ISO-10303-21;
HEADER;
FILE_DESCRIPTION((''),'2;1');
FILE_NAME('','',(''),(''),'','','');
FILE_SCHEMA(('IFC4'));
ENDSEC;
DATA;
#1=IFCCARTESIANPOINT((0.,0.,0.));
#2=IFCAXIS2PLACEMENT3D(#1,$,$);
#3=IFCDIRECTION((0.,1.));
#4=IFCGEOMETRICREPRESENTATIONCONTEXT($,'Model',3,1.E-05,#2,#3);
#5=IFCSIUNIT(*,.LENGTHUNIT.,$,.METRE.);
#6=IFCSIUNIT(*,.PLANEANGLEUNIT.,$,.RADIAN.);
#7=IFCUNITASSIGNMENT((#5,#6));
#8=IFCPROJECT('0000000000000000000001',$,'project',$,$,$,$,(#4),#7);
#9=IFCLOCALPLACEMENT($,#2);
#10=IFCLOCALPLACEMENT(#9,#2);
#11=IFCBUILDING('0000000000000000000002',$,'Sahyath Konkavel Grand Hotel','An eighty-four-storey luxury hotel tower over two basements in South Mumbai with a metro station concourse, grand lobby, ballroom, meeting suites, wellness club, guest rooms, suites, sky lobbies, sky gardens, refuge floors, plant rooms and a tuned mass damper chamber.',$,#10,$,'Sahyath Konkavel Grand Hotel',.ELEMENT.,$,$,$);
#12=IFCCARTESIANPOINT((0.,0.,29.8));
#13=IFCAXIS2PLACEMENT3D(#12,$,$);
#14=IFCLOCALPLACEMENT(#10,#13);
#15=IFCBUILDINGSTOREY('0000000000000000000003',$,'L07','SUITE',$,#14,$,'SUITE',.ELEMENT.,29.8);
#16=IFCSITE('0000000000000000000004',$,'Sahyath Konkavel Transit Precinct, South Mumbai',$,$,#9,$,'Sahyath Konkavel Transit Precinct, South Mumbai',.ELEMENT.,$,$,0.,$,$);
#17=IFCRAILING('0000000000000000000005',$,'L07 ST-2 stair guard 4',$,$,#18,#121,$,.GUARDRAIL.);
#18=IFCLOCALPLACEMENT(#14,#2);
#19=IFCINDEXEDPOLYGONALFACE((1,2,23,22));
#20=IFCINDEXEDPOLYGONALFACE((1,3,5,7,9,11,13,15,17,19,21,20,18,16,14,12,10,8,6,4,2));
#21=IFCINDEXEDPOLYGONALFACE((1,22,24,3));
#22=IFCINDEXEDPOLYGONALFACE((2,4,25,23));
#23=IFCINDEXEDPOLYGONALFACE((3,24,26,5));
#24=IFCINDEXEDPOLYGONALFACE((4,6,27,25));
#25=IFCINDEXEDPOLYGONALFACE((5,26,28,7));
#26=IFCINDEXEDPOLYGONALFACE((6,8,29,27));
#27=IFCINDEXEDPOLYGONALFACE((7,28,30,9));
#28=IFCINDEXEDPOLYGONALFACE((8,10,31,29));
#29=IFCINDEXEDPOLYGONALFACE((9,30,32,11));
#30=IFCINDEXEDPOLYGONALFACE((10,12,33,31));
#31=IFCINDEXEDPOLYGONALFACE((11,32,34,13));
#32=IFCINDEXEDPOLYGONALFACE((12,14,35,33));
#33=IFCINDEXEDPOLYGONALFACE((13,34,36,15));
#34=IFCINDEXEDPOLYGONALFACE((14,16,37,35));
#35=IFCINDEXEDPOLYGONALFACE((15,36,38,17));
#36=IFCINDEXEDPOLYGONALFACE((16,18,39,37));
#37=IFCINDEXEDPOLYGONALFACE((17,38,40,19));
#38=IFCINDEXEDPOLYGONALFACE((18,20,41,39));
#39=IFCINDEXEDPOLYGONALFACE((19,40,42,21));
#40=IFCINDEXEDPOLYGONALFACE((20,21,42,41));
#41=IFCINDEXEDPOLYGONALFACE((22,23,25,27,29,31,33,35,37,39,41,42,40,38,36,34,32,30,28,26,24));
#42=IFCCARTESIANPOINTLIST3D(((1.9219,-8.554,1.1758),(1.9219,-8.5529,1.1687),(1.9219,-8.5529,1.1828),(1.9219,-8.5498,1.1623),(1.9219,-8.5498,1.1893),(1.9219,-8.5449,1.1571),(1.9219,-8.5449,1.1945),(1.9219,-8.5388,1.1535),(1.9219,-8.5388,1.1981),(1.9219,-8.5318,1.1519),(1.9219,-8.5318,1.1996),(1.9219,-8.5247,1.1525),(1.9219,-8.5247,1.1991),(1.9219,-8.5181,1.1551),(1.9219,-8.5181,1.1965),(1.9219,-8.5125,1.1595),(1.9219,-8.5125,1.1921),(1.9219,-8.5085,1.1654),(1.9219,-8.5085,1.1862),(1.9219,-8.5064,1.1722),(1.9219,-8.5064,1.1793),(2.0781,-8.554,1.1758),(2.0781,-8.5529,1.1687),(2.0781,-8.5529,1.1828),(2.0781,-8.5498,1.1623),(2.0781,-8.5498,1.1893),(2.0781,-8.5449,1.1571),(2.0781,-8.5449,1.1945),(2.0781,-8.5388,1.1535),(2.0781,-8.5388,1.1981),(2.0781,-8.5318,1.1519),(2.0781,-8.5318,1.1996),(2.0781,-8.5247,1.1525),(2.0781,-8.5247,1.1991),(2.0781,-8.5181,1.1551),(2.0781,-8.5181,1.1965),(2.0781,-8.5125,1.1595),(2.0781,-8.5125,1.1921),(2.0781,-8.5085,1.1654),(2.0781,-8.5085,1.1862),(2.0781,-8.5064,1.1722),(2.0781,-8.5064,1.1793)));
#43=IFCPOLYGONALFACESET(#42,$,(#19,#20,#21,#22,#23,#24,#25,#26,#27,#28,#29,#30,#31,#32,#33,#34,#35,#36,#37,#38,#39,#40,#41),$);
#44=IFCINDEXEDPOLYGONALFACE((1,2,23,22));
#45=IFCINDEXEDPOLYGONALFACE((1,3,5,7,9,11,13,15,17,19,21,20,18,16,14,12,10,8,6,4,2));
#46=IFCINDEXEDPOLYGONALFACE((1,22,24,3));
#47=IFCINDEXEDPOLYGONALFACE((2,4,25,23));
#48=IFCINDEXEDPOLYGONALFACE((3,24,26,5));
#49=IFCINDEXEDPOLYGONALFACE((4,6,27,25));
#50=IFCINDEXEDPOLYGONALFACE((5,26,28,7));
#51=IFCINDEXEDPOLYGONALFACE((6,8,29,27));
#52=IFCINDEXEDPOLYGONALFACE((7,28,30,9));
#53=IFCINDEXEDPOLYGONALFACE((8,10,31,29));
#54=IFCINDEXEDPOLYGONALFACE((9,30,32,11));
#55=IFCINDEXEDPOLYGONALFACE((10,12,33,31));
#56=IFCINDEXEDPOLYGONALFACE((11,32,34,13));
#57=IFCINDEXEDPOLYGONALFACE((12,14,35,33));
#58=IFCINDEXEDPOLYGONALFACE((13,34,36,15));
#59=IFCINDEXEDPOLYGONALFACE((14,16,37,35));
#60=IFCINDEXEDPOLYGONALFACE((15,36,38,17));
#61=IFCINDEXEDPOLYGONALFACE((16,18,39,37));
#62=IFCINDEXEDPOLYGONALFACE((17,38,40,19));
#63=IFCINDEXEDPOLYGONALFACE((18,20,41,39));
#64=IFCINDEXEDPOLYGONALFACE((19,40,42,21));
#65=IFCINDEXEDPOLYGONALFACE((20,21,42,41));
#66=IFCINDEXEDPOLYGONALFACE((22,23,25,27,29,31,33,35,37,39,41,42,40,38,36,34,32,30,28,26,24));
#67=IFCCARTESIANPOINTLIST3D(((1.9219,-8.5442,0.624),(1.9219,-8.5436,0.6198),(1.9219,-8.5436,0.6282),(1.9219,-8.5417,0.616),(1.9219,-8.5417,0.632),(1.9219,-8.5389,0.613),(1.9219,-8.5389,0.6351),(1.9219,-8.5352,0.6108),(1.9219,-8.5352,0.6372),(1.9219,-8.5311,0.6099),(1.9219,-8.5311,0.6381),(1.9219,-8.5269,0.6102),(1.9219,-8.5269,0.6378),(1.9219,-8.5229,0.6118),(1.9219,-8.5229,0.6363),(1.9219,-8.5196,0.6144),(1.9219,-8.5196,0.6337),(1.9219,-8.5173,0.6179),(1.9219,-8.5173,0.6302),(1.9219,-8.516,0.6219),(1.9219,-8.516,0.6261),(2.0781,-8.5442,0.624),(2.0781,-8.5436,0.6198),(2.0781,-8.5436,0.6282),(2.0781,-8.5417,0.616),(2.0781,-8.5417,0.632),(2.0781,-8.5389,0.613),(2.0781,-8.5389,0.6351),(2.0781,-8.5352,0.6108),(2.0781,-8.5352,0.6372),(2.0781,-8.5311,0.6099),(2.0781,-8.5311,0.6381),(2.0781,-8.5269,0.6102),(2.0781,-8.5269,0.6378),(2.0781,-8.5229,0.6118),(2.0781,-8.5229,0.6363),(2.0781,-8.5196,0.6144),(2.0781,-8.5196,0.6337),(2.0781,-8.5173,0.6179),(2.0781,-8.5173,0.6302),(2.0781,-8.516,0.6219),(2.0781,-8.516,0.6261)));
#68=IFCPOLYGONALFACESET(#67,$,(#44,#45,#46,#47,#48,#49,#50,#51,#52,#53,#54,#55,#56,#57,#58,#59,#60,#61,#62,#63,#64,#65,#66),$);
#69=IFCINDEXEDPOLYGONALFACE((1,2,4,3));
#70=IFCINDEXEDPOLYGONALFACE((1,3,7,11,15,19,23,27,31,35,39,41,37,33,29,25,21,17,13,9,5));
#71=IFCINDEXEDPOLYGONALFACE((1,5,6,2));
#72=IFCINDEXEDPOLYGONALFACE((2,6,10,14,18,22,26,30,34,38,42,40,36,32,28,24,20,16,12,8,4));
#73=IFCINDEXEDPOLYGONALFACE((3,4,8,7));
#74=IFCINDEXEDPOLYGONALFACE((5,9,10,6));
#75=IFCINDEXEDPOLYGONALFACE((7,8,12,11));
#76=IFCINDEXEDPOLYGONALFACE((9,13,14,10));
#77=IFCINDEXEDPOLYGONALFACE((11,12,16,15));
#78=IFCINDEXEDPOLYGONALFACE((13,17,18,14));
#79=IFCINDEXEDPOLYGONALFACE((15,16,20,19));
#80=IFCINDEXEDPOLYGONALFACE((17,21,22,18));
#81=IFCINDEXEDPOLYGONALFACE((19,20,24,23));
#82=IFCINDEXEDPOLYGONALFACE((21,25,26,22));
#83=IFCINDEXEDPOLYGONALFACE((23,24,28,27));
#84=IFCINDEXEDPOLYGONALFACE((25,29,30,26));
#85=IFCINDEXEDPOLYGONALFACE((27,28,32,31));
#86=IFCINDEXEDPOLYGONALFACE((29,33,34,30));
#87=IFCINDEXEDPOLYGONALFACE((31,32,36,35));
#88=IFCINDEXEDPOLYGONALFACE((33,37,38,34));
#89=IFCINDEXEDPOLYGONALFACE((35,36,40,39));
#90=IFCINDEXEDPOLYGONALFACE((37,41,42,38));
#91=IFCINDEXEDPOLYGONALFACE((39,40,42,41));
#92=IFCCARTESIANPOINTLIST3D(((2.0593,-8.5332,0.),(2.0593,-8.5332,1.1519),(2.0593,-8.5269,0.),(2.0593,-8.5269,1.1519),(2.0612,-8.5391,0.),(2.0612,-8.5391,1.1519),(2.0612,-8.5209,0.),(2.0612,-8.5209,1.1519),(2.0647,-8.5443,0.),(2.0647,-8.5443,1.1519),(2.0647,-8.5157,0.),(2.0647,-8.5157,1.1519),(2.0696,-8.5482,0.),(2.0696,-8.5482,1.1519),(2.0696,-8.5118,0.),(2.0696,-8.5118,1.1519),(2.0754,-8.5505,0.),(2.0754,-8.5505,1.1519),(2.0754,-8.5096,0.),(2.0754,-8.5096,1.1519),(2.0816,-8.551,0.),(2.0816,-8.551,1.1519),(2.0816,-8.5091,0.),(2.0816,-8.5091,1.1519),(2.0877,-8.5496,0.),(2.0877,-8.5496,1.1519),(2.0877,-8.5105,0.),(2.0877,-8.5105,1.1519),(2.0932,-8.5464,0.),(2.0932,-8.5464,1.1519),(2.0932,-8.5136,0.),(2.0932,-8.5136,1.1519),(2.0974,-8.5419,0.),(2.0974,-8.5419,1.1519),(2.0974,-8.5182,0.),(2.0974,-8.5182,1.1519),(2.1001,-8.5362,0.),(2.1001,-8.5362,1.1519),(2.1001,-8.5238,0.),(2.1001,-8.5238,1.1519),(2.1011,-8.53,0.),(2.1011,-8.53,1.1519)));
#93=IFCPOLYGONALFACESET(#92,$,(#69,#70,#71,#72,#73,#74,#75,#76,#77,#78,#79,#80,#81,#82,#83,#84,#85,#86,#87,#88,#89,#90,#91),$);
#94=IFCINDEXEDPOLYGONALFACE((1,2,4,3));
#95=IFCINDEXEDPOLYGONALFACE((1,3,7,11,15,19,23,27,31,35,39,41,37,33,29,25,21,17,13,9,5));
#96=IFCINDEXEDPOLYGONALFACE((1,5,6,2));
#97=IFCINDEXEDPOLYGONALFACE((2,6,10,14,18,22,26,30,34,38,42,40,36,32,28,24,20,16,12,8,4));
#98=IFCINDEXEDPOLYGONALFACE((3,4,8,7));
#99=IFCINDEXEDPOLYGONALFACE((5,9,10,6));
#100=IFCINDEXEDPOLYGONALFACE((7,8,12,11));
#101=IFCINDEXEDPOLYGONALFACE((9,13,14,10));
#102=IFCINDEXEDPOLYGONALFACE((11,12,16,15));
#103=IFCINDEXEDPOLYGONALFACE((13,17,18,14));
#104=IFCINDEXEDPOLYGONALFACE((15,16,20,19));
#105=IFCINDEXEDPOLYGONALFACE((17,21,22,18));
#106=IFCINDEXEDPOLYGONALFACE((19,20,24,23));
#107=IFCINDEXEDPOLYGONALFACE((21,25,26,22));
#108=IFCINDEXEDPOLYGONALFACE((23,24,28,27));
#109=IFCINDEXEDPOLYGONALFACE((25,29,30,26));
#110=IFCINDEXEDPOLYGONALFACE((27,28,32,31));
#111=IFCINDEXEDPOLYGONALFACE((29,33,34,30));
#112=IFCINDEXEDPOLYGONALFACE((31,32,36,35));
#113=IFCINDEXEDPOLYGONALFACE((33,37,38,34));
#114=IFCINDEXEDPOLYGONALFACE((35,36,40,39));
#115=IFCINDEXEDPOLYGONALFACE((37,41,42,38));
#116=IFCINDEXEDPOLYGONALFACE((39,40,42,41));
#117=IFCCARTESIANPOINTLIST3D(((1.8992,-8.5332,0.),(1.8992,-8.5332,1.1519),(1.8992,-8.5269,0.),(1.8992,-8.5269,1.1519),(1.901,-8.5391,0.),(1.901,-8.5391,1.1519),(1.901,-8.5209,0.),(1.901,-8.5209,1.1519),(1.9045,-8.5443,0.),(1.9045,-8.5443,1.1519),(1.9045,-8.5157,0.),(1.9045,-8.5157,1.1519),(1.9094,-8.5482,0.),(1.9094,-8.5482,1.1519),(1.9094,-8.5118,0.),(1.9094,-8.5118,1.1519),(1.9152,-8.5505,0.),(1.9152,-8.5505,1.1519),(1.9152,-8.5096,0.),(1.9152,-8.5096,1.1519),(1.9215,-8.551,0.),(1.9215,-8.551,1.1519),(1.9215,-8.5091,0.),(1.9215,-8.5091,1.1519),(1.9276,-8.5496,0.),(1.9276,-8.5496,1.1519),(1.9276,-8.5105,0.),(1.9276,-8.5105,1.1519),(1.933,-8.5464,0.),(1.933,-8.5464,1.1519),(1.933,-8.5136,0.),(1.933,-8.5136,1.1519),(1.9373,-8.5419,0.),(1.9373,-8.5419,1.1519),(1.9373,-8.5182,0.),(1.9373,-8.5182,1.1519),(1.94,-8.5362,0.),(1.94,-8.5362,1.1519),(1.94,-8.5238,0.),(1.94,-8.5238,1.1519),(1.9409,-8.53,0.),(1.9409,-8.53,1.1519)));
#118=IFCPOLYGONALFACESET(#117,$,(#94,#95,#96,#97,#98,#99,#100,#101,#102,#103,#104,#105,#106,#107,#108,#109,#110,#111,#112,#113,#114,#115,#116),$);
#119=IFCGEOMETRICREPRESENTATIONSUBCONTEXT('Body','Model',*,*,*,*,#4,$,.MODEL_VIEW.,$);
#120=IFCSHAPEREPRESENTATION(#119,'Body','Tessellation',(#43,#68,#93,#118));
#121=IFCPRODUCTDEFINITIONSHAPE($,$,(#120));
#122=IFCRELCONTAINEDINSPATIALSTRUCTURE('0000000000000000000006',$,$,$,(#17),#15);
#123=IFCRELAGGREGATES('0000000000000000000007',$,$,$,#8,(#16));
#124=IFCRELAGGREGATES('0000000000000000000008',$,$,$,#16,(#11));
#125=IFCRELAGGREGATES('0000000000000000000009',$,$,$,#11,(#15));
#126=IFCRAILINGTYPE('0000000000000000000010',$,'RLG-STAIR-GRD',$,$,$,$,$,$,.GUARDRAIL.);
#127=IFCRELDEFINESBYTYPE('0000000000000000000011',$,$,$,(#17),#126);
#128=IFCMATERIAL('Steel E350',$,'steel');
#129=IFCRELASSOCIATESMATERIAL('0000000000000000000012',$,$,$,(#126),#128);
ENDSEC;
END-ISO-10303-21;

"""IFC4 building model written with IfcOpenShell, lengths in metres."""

from ifc_helpers import new_model, si_unit, direction, frame, origin, origin_2d, place, context, subcontext, project, spatial, circle, extrude, material, type_object, element, save


model = new_model("IFC4")

# Units and contexts
model_context = context("Model", 3, precision=1e-05, world=origin(), true_north=direction((0.0, 1.0)))
body_context = subcontext(model_context, "Body", "Model", "MODEL_VIEW")
ifc_project = project(units=[si_unit("LENGTHUNIT", "METRE"), si_unit("PLANEANGLEUNIT", "RADIAN")], contexts=[model_context])

# Site, building, storey
site_placement = place(None, origin())
site = spatial("IfcSite", under=ifc_project, at=site_placement, Name="Sahyath Konkavel Transit Precinct, South Mumbai", LongName="Sahyath Konkavel Transit Precinct, South Mumbai", CompositionType="ELEMENT", RefElevation=0.0)
building_placement = place(site_placement, origin())
building = spatial("IfcBuilding", under=site, at=building_placement, Name="Sahyath Konkavel Grand Hotel", Description="An eighty-four-storey luxury hotel tower over two basements in South Mumbai with a metro station concourse, grand lobby, ballroom, meeting suites, wellness club, guest rooms, suites, sky lobbies, sky gardens, refuge floors, plant rooms and a tuned mass damper chamber.", LongName="Sahyath Konkavel Grand Hotel", CompositionType="ELEMENT")
storey_placement = place(building_placement, frame((0.0, 0.0, 29.8)))
storey = spatial("IfcBuildingStorey", under=building, at=storey_placement, Name="L07", Description="SUITE", LongName="SUITE", CompositionType="ELEMENT", Elevation=29.8)

# Shared definitions
ifc_material_1 = material(Name="Steel E350", Category="steel")

# Railing
railing_type_1 = type_object("IfcRailingType", Name="RLG-STAIR-GRD", PredefinedType="GUARDRAIL", material=ifc_material_1)
railing_1_placement = place(storey_placement, frame((2.0801, -8.53, 0.0)))
element("IfcRailing", 1, at=railing_1_placement, inside=storey, type_object=railing_type_1, Name="L07 ST-2 stair guard 4", PredefinedType="GUARDRAIL", context=body_context, shape_type="SweptSolid", body=[
    extrude(circle(Radius=0.0239, at=origin_2d()), frame((-0.002, 0.0, 1.1758), z_axis=(-1.0, 0.0, 0.0), x_axis=(0.0, -1.0, 0.0)), (0.0, 0.0, 1.0), 0.1562),
    extrude(circle(Radius=0.0142, at=origin_2d()), frame((-0.002, 0.0, 0.624), z_axis=(-1.0, 0.0, 0.0), x_axis=(0.0, -1.0, 0.0)), (0.0, 0.0, 1.0), 0.1562),
    extrude(circle(Radius=0.021, at=origin_2d()), origin(), (0.0, 0.0, 1.0), 1.1519),
    extrude(circle(Radius=0.021, at=origin_2d()), frame((-0.1602, 0.0, 0.0)), (0.0, 0.0, 1.0), 1.1519),
])

save(model, "model.ifc")
